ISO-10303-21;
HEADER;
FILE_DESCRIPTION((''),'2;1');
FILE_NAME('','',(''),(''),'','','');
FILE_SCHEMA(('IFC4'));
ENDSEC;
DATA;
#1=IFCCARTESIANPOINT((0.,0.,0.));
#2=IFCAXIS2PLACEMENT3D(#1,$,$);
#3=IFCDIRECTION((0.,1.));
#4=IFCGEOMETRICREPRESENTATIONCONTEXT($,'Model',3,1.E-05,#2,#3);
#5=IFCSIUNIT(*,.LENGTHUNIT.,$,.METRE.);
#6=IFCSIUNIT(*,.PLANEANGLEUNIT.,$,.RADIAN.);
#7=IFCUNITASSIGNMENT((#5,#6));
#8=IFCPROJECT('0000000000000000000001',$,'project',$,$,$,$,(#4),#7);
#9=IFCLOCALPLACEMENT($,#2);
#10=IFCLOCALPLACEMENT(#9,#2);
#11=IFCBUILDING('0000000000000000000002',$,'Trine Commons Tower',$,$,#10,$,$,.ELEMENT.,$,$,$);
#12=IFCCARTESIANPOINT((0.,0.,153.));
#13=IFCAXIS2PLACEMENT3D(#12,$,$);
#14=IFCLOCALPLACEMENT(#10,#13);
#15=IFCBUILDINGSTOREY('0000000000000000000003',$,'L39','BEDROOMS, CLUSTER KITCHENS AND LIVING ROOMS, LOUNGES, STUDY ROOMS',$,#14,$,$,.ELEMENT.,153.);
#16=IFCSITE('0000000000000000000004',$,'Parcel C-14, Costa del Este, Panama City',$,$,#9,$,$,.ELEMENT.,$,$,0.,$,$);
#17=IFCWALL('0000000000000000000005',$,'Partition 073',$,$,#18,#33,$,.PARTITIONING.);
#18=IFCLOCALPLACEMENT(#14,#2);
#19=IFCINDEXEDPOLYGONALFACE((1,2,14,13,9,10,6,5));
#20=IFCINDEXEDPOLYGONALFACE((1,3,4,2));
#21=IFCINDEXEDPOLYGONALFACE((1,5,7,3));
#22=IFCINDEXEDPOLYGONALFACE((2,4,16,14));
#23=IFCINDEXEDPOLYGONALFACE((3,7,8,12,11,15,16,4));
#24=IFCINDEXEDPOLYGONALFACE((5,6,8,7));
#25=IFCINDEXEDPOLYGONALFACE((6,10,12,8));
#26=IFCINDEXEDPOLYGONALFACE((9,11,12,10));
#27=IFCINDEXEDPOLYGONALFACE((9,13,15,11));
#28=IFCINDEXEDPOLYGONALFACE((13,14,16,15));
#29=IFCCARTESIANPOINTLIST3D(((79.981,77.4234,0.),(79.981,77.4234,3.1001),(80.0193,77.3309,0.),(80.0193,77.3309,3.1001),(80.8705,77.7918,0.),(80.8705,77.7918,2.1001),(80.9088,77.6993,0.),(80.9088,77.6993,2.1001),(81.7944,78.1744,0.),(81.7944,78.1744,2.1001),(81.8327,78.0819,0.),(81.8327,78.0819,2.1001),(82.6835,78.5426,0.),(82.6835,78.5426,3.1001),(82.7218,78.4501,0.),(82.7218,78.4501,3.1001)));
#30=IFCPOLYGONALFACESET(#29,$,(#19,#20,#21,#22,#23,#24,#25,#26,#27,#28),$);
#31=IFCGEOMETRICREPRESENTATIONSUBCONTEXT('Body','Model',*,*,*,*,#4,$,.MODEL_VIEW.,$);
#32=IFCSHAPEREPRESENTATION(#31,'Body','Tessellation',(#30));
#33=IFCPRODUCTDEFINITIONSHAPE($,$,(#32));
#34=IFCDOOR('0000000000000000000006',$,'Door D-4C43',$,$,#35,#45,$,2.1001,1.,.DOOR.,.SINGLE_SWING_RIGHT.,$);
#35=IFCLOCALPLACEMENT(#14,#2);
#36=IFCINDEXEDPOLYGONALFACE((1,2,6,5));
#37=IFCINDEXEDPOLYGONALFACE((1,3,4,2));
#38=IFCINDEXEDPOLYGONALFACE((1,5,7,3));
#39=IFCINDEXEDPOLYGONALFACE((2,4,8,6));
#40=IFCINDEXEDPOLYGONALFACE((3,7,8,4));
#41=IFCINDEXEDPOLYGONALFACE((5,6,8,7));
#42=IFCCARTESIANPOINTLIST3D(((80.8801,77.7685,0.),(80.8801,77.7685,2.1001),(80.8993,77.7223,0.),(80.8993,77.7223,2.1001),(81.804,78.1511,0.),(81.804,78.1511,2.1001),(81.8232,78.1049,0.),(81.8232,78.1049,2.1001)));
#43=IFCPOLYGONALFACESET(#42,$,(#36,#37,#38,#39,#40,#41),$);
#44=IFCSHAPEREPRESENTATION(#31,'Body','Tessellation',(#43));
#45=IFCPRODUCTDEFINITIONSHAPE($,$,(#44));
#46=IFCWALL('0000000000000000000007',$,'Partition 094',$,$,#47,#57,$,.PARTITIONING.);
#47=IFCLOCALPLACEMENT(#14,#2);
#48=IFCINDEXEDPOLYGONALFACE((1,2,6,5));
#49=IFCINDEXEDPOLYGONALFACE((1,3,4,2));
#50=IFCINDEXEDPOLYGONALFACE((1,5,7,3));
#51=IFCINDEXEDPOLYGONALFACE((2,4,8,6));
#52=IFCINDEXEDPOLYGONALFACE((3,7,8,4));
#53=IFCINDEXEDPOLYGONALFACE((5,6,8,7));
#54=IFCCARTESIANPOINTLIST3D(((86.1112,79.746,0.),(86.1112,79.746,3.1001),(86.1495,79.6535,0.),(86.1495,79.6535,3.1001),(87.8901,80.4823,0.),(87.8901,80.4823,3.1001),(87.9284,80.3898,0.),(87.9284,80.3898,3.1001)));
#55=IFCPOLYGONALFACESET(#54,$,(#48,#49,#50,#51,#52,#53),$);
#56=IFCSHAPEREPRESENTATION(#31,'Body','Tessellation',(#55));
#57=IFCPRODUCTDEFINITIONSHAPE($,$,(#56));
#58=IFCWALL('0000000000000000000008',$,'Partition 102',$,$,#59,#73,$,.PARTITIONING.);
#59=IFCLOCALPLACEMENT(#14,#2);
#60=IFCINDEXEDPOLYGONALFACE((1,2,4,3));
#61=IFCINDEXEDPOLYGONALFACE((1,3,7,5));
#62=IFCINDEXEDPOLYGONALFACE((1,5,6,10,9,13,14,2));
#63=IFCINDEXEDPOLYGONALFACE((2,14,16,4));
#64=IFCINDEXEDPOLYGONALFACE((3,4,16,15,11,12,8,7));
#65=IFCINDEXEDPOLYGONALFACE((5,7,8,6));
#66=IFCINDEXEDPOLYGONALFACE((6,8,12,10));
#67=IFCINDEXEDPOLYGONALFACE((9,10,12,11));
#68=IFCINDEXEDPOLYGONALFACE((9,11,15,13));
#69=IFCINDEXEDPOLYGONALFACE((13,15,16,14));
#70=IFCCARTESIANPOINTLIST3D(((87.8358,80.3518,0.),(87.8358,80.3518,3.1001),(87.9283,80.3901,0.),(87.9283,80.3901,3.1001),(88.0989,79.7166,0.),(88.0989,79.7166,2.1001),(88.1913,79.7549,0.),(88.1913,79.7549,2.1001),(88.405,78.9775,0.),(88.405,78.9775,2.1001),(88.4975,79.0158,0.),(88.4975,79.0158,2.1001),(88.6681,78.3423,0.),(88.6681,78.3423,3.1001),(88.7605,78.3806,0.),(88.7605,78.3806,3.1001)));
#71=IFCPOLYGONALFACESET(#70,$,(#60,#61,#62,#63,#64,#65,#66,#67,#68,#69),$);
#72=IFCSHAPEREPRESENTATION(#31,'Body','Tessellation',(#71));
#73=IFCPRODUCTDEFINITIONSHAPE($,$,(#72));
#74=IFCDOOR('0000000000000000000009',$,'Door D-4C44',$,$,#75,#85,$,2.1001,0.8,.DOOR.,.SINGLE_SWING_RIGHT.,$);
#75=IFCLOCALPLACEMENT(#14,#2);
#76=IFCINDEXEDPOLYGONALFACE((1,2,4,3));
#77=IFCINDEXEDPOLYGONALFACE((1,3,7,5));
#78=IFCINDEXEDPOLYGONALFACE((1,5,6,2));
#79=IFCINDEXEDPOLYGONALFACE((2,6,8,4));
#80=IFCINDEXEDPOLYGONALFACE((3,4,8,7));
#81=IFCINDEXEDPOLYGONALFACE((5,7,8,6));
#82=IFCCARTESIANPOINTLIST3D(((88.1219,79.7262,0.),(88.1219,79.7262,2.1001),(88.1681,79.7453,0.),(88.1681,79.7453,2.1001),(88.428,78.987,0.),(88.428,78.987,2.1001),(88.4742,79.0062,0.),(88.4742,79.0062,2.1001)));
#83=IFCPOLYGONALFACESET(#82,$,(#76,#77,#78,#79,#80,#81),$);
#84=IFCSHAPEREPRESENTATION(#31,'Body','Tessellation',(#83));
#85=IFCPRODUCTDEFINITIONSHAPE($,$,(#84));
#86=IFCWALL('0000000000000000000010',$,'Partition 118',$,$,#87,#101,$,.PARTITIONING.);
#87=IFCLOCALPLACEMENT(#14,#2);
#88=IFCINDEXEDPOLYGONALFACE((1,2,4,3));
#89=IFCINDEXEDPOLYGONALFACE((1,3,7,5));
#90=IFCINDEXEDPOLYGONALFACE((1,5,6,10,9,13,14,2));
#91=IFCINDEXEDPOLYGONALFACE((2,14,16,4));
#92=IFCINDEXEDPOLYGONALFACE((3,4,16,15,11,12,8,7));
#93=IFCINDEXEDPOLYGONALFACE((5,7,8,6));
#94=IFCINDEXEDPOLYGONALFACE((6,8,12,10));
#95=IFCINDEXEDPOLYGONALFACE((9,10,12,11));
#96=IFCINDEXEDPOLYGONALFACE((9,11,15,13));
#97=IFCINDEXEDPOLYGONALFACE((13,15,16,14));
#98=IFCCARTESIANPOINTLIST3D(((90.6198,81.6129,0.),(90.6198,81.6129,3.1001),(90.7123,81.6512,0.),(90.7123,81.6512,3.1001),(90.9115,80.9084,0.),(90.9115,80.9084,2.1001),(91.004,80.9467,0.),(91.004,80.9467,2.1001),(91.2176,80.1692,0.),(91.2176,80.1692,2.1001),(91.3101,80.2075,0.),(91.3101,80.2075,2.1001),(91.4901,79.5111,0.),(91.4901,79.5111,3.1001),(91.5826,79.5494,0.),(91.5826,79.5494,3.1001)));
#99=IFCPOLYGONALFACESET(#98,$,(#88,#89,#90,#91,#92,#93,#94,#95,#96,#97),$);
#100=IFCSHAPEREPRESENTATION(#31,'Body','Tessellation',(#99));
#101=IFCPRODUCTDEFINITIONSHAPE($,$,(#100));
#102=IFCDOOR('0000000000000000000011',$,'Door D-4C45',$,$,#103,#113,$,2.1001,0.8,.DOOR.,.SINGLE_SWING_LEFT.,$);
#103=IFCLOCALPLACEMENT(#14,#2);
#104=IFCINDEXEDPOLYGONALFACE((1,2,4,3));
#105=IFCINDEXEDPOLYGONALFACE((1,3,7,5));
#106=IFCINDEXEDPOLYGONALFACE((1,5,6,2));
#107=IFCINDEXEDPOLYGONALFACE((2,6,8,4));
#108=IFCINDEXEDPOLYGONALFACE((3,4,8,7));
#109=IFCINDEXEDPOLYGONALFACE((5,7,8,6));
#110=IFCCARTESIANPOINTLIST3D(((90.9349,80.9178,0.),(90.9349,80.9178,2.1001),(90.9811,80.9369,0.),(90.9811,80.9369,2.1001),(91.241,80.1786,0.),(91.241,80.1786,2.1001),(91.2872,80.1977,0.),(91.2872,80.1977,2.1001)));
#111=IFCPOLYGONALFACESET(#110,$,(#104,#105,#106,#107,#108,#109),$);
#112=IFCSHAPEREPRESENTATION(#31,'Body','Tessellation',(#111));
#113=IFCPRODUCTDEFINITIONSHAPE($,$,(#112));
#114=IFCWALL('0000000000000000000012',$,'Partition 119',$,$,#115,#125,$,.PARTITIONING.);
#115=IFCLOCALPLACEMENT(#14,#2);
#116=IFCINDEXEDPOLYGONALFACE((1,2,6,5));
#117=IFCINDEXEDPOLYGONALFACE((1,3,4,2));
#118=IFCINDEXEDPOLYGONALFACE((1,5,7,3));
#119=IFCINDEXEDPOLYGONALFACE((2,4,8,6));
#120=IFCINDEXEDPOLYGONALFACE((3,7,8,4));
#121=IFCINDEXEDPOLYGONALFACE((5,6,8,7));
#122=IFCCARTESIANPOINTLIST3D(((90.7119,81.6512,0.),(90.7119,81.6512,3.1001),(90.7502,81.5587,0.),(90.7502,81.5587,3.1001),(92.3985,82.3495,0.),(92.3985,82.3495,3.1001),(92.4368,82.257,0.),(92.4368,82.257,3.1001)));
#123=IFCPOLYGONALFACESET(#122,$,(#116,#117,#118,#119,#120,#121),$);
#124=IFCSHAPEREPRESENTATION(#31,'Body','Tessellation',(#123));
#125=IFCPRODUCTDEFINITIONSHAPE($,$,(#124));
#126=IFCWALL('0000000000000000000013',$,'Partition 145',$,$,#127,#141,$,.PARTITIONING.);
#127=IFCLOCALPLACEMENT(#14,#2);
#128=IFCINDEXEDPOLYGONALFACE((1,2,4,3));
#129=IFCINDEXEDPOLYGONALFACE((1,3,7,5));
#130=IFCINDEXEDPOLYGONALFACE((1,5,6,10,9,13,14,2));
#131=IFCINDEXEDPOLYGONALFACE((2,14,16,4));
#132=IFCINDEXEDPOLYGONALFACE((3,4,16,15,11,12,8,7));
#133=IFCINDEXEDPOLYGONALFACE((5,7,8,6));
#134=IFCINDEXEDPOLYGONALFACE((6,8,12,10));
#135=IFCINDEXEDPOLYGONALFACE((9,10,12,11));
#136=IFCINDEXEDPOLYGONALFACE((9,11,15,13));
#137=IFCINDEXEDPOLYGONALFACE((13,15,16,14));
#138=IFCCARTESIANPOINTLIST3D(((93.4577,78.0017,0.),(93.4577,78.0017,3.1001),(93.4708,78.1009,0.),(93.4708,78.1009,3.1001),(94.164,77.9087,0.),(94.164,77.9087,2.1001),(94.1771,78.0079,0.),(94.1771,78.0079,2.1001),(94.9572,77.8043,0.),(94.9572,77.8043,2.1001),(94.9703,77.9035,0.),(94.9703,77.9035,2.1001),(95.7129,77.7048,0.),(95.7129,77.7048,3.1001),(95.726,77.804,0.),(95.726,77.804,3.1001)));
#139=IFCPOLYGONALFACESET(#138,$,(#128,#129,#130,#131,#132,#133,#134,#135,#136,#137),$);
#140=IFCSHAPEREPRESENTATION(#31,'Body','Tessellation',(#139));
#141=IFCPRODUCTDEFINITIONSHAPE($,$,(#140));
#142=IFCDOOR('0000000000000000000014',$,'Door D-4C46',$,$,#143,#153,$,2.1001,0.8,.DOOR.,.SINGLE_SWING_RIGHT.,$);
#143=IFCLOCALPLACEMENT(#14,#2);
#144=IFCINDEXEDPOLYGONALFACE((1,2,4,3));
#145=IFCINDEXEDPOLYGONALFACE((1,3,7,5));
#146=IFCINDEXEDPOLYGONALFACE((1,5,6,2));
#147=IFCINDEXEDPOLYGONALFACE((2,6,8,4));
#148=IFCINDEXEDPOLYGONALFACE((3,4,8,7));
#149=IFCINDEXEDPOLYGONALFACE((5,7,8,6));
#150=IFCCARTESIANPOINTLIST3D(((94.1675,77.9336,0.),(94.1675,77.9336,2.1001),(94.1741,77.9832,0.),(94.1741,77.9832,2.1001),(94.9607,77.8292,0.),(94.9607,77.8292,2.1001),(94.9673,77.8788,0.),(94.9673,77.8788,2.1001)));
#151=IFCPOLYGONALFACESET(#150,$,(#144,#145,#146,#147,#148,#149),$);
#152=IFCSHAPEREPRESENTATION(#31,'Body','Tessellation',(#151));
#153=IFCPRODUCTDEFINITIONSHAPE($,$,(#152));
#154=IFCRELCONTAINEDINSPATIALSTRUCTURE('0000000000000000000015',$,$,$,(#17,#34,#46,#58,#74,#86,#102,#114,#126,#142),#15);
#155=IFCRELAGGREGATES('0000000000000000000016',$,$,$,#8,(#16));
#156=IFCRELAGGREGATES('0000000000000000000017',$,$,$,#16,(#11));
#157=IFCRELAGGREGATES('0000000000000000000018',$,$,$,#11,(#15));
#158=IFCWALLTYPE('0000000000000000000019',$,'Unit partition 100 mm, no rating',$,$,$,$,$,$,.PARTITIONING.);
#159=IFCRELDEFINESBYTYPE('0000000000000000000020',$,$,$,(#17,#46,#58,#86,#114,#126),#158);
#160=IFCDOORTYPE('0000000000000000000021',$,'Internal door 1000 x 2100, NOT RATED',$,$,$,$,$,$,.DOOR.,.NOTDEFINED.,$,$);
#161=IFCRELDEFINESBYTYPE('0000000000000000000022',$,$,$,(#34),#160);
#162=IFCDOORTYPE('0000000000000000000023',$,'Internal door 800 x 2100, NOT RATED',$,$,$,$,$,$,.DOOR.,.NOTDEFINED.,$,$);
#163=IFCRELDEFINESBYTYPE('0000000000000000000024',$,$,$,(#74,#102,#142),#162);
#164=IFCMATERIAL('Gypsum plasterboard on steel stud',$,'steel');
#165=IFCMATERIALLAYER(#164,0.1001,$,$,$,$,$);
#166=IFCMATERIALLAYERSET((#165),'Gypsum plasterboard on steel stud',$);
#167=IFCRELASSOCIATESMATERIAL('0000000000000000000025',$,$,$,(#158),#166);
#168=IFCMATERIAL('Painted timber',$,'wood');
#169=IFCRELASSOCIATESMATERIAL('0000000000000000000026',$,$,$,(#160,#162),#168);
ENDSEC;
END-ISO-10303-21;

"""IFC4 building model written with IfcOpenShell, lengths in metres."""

from ifc_helpers import new_model, si_unit, direction, frame, frame_2d, origin, place, context, subcontext, project, spatial, rectangle, extrude, material, layer, layer_set, type_object, element, fill, save


model = new_model("IFC4")

# Units and contexts
model_context = context("Model", 3, precision=1e-05, world=origin(), true_north=direction((0.0, 1.0)))
body_context = subcontext(model_context, "Body", "Model", "MODEL_VIEW")
ifc_project = project(units=[si_unit("LENGTHUNIT", "METRE"), si_unit("PLANEANGLEUNIT", "RADIAN")], contexts=[model_context])

# Site, building, storey
site_placement = place(None, origin())
site = spatial("IfcSite", under=ifc_project, at=site_placement, Name="Parcel C-14, Costa del Este, Panama City", CompositionType="ELEMENT", RefElevation=0.0)
building_placement = place(site_placement, origin())
building = spatial("IfcBuilding", under=site, at=building_placement, Name="Trine Commons Tower", CompositionType="ELEMENT")
storey_placement = place(building_placement, frame((0.0, 0.0, 153.0)))
storey = spatial("IfcBuildingStorey", under=building, at=storey_placement, Name="L39", Description="BEDROOMS, CLUSTER KITCHENS AND LIVING ROOMS, LOUNGES, STUDY ROOMS", CompositionType="ELEMENT", Elevation=153.0)

# Shared definitions
ifc_material_1 = material(Name="Gypsum plasterboard on steel stud", Category="steel")

# Shared definitions
ifc_material_2 = material(Name="Painted timber", Category="wood")

# Shared definitions
ifc_layer_1 = layer(ifc_material_1, 0.1001)
ifc_layer_set_1 = layer_set([ifc_layer_1], Name="Gypsum plasterboard on steel stud")
wall_type_1 = type_object("IfcWallType", Name="Unit partition 100 mm, no rating", PredefinedType="PARTITIONING", material=ifc_layer_set_1)

# Wall, opening, door
wall_1_placement = place(storey_placement, frame((80.0002, 77.3772, 0.0), z_axis=(0.0, 0.0, 1.0), x_axis=(0.923907, 0.382617, 0.0)))
wall_1 = element("IfcWall", 1, at=wall_1_placement, inside=storey, type_object=wall_type_1, Name="Partition 073", PredefinedType="PARTITIONING", context=body_context, shape_type="SweptSolid", body=[
    extrude(rectangle(XDim=2.925, YDim=0.1001, at=frame_2d((1.4624, 0.0))), origin(), (0.0, 0.0, 1.0), 3.1001),
])
opening_1_placement = place(wall_1_placement, frame((0.9626, 0.0, 0.0)))
opening_1 = element("IfcOpeningElement", 2, at=opening_1_placement, cuts=wall_1, PredefinedType="OPENING", context=body_context, shape_type="SweptSolid", body=[
    extrude(rectangle(XDim=1.0, YDim=2.1001, at=frame_2d((0.5, 1.05))), frame((0.0, 0.0601, 0.0), z_axis=(0.0, -1.0, 0.0), x_axis=(1.0, 0.0, 0.0)), (0.0, 0.0, 1.0), 0.1201),
])
door_type_1 = type_object("IfcDoorType", Name="Internal door 1000 x 2100, NOT RATED", OperationType="NOTDEFINED", PredefinedType="DOOR", material=ifc_material_2)
door_1_placement = place(opening_1_placement, origin())
door_1 = element("IfcDoor", 3, at=door_1_placement, inside=storey, type_object=door_type_1, Name="Door D-4C43", OperationType="SINGLE_SWING_RIGHT", OverallHeight=2.1001, OverallWidth=1.0, PredefinedType="DOOR", context=body_context, shape_type="SweptSolid", body=[
    extrude(rectangle(XDim=1.0, YDim=2.1001, at=frame_2d((0.5, 1.05))), frame((0.0, 0.0249, 0.0), z_axis=(0.0, -1.0, 0.0), x_axis=(1.0, 0.0, 0.0)), (0.0, 0.0, 1.0), 0.05),
])
fill(opening_1, door_1)

# Wall
wall_2_placement = place(storey_placement, frame((86.1304, 79.6997, 0.0), z_axis=(0.0, 0.0, 1.0), x_axis=(0.923967, 0.382471, 0.0)))
element("IfcWall", 4, at=wall_2_placement, inside=storey, type_object=wall_type_1, Name="Partition 094", PredefinedType="PARTITIONING", context=body_context, shape_type="SweptSolid", body=[
    extrude(rectangle(XDim=1.9253, YDim=0.1001, at=frame_2d((0.9626, 0.0))), origin(), (0.0, 0.0, 1.0), 3.1001),
])

# Walls, openings, doors
wall_3_placement = place(storey_placement, frame((87.8821, 80.3708, 0.0), z_axis=(0.0, 0.0, 1.0), x_axis=(0.382646, -0.923895, 0.0)))
wall_3 = element("IfcWall", 5, at=wall_3_placement, inside=storey, type_object=wall_type_1, Name="Partition 102", PredefinedType="PARTITIONING", context=body_context, shape_type="SweptSolid", body=[
    extrude(rectangle(XDim=2.175, YDim=0.1001, at=frame_2d((1.0874, 0.0))), origin(), (0.0, 0.0, 1.0), 3.1001),
])
opening_2_placement = place(wall_3_placement, frame((0.6875, 0.0, 0.0)))
opening_2 = element("IfcOpeningElement", 6, at=opening_2_placement, cuts=wall_3, PredefinedType="OPENING", context=body_context, shape_type="SweptSolid", body=[
    extrude(rectangle(XDim=0.8, YDim=2.1001, at=frame_2d((0.3999, 1.05))), frame((0.0, 0.0601, 0.0), z_axis=(0.0, -1.0, 0.0), x_axis=(1.0, 0.0, 0.0)), (0.0, 0.0, 1.0), 0.1201),
])
door_type_2 = type_object("IfcDoorType", Name="Internal door 800 x 2100, NOT RATED", OperationType="NOTDEFINED", PredefinedType="DOOR", material=ifc_material_2)
door_2_placement = place(opening_2_placement, origin())
door_2 = element("IfcDoor", 7, at=door_2_placement, inside=storey, type_object=door_type_2, Name="Door D-4C44", OperationType="SINGLE_SWING_RIGHT", OverallHeight=2.1001, OverallWidth=0.8, PredefinedType="DOOR", context=body_context, shape_type="SweptSolid", body=[
    extrude(rectangle(XDim=0.8, YDim=2.1001, at=frame_2d((0.3999, 1.05))), frame((0.0, 0.0249, 0.0), z_axis=(0.0, -1.0, 0.0), x_axis=(1.0, 0.0, 0.0)), (0.0, 0.0, 1.0), 0.05),
])
fill(opening_2, door_2)
wall_4_placement = place(storey_placement, frame((90.666, 81.6321, 0.0), z_axis=(0.0, 0.0, 1.0), x_axis=(0.382595, -0.923916, 0.0)))
wall_4 = element("IfcWall", 8, at=wall_4_placement, inside=storey, type_object=wall_type_1, Name="Partition 118", PredefinedType="PARTITIONING", context=body_context, shape_type="SweptSolid", body=[
    extrude(rectangle(XDim=2.2749, YDim=0.1001, at=frame_2d((1.1375, 0.0))), origin(), (0.0, 0.0, 1.0), 3.1001),
])
opening_3_placement = place(wall_4_placement, frame((0.7627, 0.0, 0.0)))
opening_3 = element("IfcOpeningElement", 9, at=opening_3_placement, cuts=wall_4, PredefinedType="OPENING", context=body_context, shape_type="SweptSolid", body=[
    extrude(rectangle(XDim=0.8, YDim=2.1001, at=frame_2d((0.3999, 1.05))), frame((0.0, 0.0601, 0.0), z_axis=(0.0, -1.0, 0.0), x_axis=(1.0, 0.0, 0.0)), (0.0, 0.0, 1.0), 0.1201),
])
door_3_placement = place(opening_3_placement, frame((0.8, 0.0, 0.0), z_axis=(0.0, 0.0, 1.0), x_axis=(-1.0, 0.0, 0.0)))
door_3 = element("IfcDoor", 10, at=door_3_placement, inside=storey, type_object=door_type_2, Name="Door D-4C45", OperationType="SINGLE_SWING_LEFT", OverallHeight=2.1001, OverallWidth=0.8, PredefinedType="DOOR", context=body_context, shape_type="SweptSolid", body=[
    extrude(rectangle(XDim=0.8, YDim=2.1001, at=frame_2d((0.3999, 1.05))), frame((0.0, 0.0249, 0.0), z_axis=(0.0, -1.0, 0.0), x_axis=(1.0, 0.0, 0.0)), (0.0, 0.0, 1.0), 0.05),
])
fill(opening_3, door_3)

# Wall
wall_5_placement = place(storey_placement, frame((90.7312, 81.605, 0.0), z_axis=(0.0, 0.0, 1.0), x_axis=(0.923945, 0.382525, 0.0)))
element("IfcWall", 11, at=wall_5_placement, inside=storey, type_object=wall_type_1, Name="Partition 119", PredefinedType="PARTITIONING", context=body_context, shape_type="SweptSolid", body=[
    extrude(rectangle(XDim=1.8254, YDim=0.1001, at=frame_2d((0.9126, 0.0))), origin(), (0.0, 0.0, 1.0), 3.1001),
])

# Wall, opening, door
wall_6_placement = place(storey_placement, frame((93.4644, 78.0513, 0.0), z_axis=(0.0, 0.0, 1.0), x_axis=(0.991446, -0.130518, 0.0)))
wall_6 = element("IfcWall", 12, at=wall_6_placement, inside=storey, type_object=wall_type_1, Name="Partition 145", PredefinedType="PARTITIONING", context=body_context, shape_type="SweptSolid", body=[
    extrude(rectangle(XDim=2.2747, YDim=0.1001, at=frame_2d((1.1372, 0.0))), origin(), (0.0, 0.0, 1.0), 3.1001),
])
opening_4_placement = place(wall_6_placement, frame((0.7124, 0.0, 0.0)))
opening_4 = element("IfcOpeningElement", 13, at=opening_4_placement, cuts=wall_6, PredefinedType="OPENING", context=body_context, shape_type="SweptSolid", body=[
    extrude(rectangle(XDim=0.8, YDim=2.1001, at=frame_2d((0.3999, 1.05))), frame((0.0, 0.0601, 0.0), z_axis=(0.0, -1.0, 0.0), x_axis=(1.0, 0.0, 0.0)), (0.0, 0.0, 1.0), 0.1201),
])
door_4_placement = place(opening_4_placement, frame((0.8, 0.0, 0.0), z_axis=(0.0, 0.0, 1.0), x_axis=(-1.0, 0.0, 0.0)))
door_4 = element("IfcDoor", 14, at=door_4_placement, inside=storey, type_object=door_type_2, Name="Door D-4C46", OperationType="SINGLE_SWING_RIGHT", OverallHeight=2.1001, OverallWidth=0.8, PredefinedType="DOOR", context=body_context, shape_type="SweptSolid", body=[
    extrude(rectangle(XDim=0.8, YDim=2.1001, at=frame_2d((0.3999, 1.05))), frame((0.0, 0.0249, 0.0), z_axis=(0.0, -1.0, 0.0), x_axis=(1.0, 0.0, 0.0)), (0.0, 0.0, 1.0), 0.05),
])
fill(opening_4, door_4)

save(model, "model.ifc")
